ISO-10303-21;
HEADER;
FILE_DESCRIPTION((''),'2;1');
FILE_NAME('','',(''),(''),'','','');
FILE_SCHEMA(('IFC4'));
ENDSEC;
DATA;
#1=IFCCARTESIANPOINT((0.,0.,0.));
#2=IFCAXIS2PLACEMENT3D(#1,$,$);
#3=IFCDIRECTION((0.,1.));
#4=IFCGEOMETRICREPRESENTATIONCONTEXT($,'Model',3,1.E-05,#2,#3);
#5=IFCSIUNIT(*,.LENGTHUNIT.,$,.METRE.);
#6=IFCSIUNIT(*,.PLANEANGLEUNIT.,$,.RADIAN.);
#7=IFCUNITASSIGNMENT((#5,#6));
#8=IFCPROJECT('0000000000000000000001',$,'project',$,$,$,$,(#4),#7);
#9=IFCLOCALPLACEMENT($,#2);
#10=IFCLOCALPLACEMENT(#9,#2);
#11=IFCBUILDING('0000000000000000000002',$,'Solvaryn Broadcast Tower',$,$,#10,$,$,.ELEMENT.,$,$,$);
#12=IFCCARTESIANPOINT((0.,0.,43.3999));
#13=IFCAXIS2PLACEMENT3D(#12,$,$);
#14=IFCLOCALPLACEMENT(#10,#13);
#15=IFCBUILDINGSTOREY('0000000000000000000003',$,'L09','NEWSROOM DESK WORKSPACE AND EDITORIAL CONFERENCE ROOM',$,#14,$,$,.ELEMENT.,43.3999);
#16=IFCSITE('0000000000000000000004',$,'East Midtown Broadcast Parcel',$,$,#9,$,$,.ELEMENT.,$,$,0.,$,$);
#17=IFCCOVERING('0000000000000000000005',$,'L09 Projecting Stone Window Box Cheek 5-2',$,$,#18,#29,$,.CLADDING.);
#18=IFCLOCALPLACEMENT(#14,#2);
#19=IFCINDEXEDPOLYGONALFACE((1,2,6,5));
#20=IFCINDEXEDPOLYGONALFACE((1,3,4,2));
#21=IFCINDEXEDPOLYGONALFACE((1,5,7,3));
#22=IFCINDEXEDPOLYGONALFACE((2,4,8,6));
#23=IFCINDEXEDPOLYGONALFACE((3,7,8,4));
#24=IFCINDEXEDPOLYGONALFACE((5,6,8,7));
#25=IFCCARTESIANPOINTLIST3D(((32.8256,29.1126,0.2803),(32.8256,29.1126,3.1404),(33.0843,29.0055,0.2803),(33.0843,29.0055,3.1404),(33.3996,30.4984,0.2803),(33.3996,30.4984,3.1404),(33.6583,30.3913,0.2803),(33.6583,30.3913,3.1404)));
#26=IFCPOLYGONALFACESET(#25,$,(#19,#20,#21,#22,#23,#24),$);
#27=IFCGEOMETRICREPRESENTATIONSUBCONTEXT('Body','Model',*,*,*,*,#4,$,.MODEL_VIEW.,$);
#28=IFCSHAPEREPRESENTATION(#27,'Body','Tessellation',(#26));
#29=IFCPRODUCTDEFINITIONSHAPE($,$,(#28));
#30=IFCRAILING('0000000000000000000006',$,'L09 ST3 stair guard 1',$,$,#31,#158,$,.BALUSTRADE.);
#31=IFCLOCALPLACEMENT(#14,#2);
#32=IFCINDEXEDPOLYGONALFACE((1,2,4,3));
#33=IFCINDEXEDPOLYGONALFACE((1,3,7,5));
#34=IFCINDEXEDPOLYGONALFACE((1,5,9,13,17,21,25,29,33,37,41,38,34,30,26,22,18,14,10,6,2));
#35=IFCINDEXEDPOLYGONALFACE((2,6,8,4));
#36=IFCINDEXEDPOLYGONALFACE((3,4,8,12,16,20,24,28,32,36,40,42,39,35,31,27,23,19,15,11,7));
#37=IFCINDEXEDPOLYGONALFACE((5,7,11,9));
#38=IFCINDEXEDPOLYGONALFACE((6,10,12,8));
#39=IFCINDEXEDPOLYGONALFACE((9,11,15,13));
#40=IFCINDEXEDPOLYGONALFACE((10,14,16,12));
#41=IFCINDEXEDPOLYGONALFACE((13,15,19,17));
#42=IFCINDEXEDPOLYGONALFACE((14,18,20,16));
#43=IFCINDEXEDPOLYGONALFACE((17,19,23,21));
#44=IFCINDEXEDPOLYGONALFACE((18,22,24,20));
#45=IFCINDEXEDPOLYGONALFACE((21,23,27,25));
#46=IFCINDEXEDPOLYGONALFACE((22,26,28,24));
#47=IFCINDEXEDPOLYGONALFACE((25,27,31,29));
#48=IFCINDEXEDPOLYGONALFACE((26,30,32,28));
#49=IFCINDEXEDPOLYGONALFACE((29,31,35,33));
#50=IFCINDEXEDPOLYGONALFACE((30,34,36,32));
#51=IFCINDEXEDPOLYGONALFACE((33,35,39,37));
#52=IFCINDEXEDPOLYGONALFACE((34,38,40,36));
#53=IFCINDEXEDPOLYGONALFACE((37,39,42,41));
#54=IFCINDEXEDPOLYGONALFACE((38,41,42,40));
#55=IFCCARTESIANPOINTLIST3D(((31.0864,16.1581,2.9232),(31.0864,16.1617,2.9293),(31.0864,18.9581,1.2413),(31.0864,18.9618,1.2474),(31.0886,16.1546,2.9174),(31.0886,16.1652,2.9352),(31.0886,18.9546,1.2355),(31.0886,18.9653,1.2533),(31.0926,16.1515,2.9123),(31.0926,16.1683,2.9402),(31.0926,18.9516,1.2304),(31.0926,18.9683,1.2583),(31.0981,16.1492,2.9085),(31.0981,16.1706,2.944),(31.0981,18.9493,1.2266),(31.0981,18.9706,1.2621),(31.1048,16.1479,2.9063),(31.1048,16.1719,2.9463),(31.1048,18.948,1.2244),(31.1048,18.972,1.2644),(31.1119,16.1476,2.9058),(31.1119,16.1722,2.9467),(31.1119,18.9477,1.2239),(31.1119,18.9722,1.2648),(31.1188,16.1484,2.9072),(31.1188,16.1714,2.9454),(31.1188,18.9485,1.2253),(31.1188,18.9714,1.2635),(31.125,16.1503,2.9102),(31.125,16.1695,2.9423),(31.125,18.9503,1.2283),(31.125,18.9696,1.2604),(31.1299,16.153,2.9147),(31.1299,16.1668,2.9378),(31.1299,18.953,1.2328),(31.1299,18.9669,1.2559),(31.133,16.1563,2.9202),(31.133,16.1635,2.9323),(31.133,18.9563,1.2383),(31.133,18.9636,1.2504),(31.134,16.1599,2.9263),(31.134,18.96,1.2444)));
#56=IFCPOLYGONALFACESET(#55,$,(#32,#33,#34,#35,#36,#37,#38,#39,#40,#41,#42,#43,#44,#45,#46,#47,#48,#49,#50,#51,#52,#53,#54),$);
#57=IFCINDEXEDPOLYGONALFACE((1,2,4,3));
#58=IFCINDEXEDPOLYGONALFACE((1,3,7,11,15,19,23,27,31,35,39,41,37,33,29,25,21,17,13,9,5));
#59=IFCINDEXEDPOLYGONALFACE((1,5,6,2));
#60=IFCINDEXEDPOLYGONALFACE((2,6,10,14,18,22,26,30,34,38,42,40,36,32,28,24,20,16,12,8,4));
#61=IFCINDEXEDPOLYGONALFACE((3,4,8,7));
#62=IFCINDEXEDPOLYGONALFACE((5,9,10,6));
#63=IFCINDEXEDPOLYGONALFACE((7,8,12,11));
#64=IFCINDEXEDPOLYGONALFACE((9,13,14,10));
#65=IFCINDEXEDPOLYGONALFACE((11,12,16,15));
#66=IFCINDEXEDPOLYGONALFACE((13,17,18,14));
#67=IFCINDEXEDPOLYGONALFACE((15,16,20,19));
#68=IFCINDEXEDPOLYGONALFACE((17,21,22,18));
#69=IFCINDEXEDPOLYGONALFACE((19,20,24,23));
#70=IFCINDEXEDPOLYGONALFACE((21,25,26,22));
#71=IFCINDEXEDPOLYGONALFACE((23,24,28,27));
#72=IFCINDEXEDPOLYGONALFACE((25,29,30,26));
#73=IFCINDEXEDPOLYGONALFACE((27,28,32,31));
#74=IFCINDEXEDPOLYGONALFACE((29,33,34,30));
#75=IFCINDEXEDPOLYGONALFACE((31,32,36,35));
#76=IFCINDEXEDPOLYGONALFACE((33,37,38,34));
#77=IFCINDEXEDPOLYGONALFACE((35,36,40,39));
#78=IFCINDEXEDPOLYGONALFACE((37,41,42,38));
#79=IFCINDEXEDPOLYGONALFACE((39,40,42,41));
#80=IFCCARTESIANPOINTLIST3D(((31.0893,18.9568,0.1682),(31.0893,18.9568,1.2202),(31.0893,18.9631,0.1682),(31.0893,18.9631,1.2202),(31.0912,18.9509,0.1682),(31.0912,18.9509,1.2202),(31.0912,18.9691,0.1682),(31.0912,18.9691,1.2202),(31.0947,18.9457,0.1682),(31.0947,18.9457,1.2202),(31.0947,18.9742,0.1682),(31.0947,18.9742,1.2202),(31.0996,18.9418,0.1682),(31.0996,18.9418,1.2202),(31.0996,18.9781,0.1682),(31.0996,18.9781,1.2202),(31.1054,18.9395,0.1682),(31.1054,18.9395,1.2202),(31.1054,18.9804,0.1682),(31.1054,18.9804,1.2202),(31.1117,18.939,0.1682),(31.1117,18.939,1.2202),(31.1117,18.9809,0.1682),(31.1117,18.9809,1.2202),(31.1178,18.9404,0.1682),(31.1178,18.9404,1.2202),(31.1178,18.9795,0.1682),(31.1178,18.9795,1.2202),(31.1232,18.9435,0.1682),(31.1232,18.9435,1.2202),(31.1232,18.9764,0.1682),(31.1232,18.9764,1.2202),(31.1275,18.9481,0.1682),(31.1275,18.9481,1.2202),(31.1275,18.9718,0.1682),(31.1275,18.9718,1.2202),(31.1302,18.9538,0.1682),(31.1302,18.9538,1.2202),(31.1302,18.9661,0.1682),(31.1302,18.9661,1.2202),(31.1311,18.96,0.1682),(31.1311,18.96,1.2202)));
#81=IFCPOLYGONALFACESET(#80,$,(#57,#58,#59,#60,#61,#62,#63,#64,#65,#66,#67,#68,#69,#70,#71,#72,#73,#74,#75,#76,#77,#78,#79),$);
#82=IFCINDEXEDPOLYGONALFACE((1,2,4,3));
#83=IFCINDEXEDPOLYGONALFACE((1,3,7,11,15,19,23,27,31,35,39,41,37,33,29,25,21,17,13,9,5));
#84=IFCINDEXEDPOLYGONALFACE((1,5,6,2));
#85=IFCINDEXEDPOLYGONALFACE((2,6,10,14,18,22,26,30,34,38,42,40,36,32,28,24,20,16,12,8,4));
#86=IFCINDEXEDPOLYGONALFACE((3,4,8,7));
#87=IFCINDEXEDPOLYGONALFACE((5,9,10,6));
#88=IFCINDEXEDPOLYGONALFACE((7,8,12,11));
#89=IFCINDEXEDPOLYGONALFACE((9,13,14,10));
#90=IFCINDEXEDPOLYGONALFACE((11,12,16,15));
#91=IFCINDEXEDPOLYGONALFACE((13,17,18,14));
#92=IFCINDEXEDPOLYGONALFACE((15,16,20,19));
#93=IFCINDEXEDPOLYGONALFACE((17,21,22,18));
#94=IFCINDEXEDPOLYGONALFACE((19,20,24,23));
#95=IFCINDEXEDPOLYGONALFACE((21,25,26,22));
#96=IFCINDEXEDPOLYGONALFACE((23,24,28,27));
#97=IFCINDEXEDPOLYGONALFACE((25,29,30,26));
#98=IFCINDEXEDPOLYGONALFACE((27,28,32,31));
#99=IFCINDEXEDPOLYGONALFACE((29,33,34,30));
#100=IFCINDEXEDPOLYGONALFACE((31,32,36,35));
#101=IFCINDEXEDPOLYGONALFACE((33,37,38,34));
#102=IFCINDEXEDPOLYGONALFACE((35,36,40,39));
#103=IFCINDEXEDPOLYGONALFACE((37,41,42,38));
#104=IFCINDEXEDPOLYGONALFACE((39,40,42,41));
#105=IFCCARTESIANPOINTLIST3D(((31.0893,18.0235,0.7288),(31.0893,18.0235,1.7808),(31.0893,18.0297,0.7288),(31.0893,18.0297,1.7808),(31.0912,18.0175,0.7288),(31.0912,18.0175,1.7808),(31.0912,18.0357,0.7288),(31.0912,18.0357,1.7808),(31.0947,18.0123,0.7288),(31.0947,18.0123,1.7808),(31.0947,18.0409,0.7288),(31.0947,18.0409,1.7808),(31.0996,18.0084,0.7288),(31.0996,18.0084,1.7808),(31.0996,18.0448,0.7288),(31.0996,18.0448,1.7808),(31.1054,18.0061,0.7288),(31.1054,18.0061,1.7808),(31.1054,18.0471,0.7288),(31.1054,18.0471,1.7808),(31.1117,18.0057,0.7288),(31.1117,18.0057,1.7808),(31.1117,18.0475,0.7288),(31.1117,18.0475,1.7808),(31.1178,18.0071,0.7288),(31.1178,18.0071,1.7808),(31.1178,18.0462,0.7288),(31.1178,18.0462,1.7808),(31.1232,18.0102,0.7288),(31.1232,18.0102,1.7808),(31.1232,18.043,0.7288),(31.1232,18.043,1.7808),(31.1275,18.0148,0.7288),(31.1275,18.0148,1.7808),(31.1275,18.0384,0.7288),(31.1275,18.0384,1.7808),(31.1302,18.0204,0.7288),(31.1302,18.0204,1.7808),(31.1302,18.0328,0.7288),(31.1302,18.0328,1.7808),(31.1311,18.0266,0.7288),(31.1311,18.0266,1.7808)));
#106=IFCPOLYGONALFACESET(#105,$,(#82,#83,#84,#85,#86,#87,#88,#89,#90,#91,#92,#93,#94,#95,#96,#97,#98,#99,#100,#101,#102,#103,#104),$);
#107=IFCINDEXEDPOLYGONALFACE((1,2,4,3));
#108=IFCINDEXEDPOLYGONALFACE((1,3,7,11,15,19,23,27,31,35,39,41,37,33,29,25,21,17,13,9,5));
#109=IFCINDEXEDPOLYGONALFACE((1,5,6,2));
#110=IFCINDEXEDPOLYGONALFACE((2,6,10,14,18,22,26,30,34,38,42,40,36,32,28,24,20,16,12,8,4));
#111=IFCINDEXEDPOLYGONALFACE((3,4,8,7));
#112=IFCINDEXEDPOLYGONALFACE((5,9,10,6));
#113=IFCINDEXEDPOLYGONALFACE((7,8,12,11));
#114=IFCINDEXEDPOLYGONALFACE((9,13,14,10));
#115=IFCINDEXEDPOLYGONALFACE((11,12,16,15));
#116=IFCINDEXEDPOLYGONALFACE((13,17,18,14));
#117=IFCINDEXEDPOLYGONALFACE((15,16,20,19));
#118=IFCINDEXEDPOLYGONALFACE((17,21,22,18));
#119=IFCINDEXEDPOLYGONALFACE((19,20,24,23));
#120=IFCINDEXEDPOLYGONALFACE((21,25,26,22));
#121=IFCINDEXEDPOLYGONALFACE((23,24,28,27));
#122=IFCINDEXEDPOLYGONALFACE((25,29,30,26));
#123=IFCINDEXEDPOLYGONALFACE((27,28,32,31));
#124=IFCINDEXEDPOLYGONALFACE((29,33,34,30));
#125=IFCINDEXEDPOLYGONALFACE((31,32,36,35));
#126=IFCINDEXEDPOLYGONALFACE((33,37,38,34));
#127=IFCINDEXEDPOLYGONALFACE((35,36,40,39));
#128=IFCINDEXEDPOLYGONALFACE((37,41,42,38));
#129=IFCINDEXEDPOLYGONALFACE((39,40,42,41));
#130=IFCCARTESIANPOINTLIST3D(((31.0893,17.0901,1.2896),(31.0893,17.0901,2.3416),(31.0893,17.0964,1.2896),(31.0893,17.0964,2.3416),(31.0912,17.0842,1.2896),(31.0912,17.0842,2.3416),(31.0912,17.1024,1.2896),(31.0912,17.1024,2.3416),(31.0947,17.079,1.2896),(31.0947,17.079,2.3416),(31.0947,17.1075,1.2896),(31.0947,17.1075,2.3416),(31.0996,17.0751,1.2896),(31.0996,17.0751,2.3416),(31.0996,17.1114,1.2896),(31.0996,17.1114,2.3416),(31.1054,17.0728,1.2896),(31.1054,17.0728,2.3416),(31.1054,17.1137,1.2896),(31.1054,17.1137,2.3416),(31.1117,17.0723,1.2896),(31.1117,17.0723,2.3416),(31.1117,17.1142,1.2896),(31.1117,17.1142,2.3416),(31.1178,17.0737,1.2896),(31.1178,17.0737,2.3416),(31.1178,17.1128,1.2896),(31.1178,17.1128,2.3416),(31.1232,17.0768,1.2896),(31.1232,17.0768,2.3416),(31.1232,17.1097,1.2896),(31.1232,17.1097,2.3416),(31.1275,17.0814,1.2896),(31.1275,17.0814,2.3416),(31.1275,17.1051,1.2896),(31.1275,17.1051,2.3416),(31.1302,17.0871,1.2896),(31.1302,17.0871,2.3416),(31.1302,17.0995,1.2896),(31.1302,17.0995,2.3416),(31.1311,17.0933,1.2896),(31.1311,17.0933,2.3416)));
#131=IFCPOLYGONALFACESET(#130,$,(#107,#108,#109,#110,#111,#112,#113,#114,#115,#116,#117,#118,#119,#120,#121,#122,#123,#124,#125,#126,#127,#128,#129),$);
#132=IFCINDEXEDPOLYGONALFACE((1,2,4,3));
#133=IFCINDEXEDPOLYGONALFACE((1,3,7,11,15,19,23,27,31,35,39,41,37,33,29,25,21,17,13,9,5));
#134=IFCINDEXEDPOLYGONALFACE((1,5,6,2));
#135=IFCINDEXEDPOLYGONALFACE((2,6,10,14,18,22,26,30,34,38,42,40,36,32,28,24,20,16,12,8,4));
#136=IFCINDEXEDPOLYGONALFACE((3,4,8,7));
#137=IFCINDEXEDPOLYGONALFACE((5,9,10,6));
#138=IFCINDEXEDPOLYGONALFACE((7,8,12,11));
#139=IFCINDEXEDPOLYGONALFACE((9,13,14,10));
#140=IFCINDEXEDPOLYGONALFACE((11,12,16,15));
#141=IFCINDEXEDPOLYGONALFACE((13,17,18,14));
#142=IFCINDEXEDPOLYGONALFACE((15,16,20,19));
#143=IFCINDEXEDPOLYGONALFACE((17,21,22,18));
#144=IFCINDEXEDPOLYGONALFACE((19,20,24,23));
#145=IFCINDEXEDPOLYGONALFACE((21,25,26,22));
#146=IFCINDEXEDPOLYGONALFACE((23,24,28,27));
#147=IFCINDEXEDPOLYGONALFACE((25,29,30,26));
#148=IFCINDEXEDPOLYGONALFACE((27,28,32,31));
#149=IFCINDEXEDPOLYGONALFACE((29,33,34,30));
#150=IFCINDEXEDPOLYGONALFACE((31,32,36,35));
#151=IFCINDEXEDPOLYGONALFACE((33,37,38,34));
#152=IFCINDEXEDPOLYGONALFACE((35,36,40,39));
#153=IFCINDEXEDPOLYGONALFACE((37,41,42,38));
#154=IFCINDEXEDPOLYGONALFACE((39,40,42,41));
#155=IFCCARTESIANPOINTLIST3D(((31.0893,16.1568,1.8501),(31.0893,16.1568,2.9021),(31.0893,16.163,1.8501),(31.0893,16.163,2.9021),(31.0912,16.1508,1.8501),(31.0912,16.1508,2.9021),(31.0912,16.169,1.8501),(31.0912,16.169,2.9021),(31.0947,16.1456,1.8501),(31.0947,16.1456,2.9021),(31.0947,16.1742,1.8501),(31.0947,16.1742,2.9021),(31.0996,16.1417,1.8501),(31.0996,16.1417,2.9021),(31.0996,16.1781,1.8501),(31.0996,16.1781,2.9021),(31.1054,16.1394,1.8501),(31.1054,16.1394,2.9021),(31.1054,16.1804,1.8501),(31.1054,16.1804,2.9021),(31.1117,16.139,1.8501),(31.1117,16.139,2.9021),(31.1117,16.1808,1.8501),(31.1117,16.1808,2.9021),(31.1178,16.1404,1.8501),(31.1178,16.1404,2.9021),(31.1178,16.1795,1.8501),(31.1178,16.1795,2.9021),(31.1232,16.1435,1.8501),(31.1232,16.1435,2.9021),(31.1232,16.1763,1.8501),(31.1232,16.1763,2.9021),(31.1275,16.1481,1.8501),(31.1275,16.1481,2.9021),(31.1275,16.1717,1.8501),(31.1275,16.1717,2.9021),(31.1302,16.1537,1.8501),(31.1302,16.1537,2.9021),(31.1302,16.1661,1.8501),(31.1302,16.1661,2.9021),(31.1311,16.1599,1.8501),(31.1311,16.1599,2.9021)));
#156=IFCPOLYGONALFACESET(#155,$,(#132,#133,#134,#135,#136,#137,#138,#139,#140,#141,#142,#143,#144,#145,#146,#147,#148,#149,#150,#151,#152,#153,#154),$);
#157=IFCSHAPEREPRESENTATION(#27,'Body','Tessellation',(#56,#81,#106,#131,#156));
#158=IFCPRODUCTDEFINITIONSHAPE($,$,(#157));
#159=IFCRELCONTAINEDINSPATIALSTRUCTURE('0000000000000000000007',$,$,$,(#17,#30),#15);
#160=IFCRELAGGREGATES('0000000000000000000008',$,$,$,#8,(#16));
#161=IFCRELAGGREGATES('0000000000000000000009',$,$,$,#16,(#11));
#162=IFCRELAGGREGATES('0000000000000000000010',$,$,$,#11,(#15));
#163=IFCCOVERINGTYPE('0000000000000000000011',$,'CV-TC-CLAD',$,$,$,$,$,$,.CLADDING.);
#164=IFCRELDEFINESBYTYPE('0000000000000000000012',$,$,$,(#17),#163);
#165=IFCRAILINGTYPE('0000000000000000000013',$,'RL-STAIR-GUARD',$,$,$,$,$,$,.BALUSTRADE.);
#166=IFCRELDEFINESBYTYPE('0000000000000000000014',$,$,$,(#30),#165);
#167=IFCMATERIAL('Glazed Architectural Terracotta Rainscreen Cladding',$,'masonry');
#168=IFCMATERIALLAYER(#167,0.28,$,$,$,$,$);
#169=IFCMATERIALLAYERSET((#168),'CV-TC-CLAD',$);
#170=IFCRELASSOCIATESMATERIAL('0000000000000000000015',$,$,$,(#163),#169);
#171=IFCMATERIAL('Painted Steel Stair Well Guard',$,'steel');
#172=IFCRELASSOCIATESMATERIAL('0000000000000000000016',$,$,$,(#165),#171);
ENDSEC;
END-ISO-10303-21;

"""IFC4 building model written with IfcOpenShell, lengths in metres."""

from ifc_helpers import new_model, si_unit, direction, frame, origin, origin_2d, place, context, subcontext, project, spatial, rectangle, circle, extrude, material, layer, layer_set, type_object, element, save


model = new_model("IFC4")

# Units and contexts
model_context = context("Model", 3, precision=1e-05, world=origin(), true_north=direction((0.0, 1.0)))
body_context = subcontext(model_context, "Body", "Model", "MODEL_VIEW")
ifc_project = project(units=[si_unit("LENGTHUNIT", "METRE"), si_unit("PLANEANGLEUNIT", "RADIAN")], contexts=[model_context])

# Site, building, storey
site_placement = place(None, origin())
site = spatial("IfcSite", under=ifc_project, at=site_placement, Name="East Midtown Broadcast Parcel", CompositionType="ELEMENT", RefElevation=0.0)
building_placement = place(site_placement, origin())
building = spatial("IfcBuilding", under=site, at=building_placement, Name="Solvaryn Broadcast Tower", CompositionType="ELEMENT")
storey_placement = place(building_placement, frame((0.0, 0.0, 43.3999)))
storey = spatial("IfcBuildingStorey", under=building, at=storey_placement, Name="L09", Description="NEWSROOM DESK WORKSPACE AND EDITORIAL CONFERENCE ROOM", CompositionType="ELEMENT", Elevation=43.3999)

# Covering
ifc_material_1 = material(Name="Glazed Architectural Terracotta Rainscreen Cladding", Category="masonry")
ifc_layer_1 = layer(ifc_material_1, 0.28)
ifc_layer_set_1 = layer_set([ifc_layer_1], Name="CV-TC-CLAD")
covering_type_1 = type_object("IfcCoveringType", Name="CV-TC-CLAD", PredefinedType="CLADDING", material=ifc_layer_set_1)
covering_1_placement = place(storey_placement, frame((33.2419, 29.752, 0.2803), z_axis=(0.0, 0.0, 1.0), x_axis=(-0.92388, 0.382683, 0.0)))
element("IfcCovering", 1, at=covering_1_placement, inside=storey, type_object=covering_type_1, Name="L09 Projecting Stone Window Box Cheek 5-2", PredefinedType="CLADDING", context=body_context, shape_type="SweptSolid", body=[
    extrude(rectangle(XDim=0.28, YDim=1.5, at=origin_2d()), origin(), (0.0, 0.0, 1.0), 2.8601),
])

# Railing
ifc_material_2 = material(Name="Painted Steel Stair Well Guard", Category="steel")
railing_type_1 = type_object("IfcRailingType", Name="RL-STAIR-GUARD", PredefinedType="BALUSTRADE", material=ifc_material_2)
railing_1_placement = place(storey_placement, frame((31.1101, 18.96, 0.1682)))
element("IfcRailing", 2, at=railing_1_placement, inside=storey, type_object=railing_type_1, Name="L09 ST3 stair guard 1", PredefinedType="BALUSTRADE", context=body_context, shape_type="SweptSolid", body=[
    extrude(circle(Radius=0.0239, at=origin_2d()), frame((0.0, 0.0, 1.0762), z_axis=(0.0, -0.857242, 0.514913), x_axis=(1.0, 0.0, 0.0)), (0.0, 0.0, 1.0), 3.2664),
    extrude(circle(Radius=0.021, at=origin_2d()), origin(), (0.0, 0.0, 1.0), 1.052),
    extrude(circle(Radius=0.021, at=origin_2d()), frame((0.0, -0.9333, 0.5605)), (0.0, 0.0, 1.0), 1.052),
    extrude(circle(Radius=0.021, at=origin_2d()), frame((0.0, -1.8667, 1.1213)), (0.0, 0.0, 1.0), 1.052),
    extrude(circle(Radius=0.021, at=origin_2d()), frame((0.0, -2.8, 1.6819)), (0.0, 0.0, 1.0), 1.052),
])

save(model, "model.ifc")
